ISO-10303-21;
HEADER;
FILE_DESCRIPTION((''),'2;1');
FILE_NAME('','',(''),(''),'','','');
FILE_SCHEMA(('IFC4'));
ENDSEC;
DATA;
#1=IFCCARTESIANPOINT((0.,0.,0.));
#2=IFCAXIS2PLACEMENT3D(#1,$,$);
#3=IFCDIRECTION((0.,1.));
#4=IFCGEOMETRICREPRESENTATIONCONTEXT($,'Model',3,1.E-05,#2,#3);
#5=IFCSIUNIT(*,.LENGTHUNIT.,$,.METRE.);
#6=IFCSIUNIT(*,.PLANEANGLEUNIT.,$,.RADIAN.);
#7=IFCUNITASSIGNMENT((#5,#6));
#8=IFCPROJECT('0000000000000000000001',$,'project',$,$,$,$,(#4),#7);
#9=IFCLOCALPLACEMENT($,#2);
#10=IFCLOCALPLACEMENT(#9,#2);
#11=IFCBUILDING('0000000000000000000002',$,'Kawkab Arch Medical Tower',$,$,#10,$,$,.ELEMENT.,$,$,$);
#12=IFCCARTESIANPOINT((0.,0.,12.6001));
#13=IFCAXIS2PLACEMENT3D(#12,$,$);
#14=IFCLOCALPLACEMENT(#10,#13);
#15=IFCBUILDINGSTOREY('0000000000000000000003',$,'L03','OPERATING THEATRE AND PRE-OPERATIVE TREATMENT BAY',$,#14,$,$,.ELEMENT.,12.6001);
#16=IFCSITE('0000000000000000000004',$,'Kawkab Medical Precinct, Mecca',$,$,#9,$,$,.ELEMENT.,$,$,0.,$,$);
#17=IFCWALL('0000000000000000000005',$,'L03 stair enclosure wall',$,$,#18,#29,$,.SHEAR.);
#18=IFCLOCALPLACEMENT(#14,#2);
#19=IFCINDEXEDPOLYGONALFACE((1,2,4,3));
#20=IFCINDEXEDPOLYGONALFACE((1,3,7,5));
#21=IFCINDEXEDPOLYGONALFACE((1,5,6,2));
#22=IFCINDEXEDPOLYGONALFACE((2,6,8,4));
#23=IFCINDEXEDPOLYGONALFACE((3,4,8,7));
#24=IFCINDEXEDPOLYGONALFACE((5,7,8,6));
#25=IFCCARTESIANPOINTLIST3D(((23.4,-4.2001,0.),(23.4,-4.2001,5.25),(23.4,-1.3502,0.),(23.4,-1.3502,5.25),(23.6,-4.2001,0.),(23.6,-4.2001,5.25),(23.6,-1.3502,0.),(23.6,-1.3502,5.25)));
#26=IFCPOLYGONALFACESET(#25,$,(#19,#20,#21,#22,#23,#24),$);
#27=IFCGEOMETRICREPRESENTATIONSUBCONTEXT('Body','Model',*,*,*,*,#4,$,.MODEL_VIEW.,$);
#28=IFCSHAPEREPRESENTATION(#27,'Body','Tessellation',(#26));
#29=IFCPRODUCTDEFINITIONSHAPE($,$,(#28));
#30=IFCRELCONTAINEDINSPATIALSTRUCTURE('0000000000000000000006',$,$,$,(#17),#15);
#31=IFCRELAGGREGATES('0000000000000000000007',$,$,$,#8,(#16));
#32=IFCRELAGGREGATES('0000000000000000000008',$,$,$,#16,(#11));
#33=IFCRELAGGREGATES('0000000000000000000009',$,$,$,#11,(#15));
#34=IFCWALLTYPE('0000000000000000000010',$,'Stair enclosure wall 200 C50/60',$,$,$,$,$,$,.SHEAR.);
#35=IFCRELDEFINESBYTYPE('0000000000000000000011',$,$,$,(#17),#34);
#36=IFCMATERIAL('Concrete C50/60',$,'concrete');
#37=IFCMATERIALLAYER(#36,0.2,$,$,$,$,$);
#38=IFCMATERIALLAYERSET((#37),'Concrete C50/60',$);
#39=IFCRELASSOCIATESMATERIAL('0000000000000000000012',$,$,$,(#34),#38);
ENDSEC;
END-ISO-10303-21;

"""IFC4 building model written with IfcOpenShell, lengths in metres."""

from ifc_helpers import new_model, si_unit, direction, frame, frame_2d, origin, place, context, subcontext, project, spatial, rectangle, extrude, material, layer, layer_set, type_object, element, save


model = new_model("IFC4")

# Units and contexts
model_context = context("Model", 3, precision=1e-05, world=origin(), true_north=direction((0.0, 1.0)))
body_context = subcontext(model_context, "Body", "Model", "MODEL_VIEW")
ifc_project = project(units=[si_unit("LENGTHUNIT", "METRE"), si_unit("PLANEANGLEUNIT", "RADIAN")], contexts=[model_context])

# Site, building, storey
site_placement = place(None, origin())
site = spatial("IfcSite", under=ifc_project, at=site_placement, Name="Kawkab Medical Precinct, Mecca", CompositionType="ELEMENT", RefElevation=0.0)
building_placement = place(site_placement, origin())
building = spatial("IfcBuilding", under=site, at=building_placement, Name="Kawkab Arch Medical Tower", CompositionType="ELEMENT")
storey_placement = place(building_placement, frame((0.0, 0.0, 12.6001)))
storey = spatial("IfcBuildingStorey", under=building, at=storey_placement, Name="L03", Description="OPERATING THEATRE AND PRE-OPERATIVE TREATMENT BAY", CompositionType="ELEMENT", Elevation=12.6001)

# Wall
ifc_material_1 = material(Name="Concrete C50/60", Category="concrete")
ifc_layer_1 = layer(ifc_material_1, 0.2)
ifc_layer_set_1 = layer_set([ifc_layer_1], Name="Concrete C50/60")
wall_type_1 = type_object("IfcWallType", Name="Stair enclosure wall 200 C50/60", PredefinedType="SHEAR", material=ifc_layer_set_1)
wall_1_placement = place(storey_placement, frame((23.5, -4.2, 0.0), z_axis=(0.0, 0.0, 1.0), x_axis=(0.0, 1.0, 0.0)))
element("IfcWall", 1, at=wall_1_placement, inside=storey, type_object=wall_type_1, Name="L03 stair enclosure wall", PredefinedType="SHEAR", context=body_context, shape_type="SweptSolid", body=[
    extrude(rectangle(XDim=2.8499, YDim=0.2, at=frame_2d((1.4248, 0.0))), origin(), (0.0, 0.0, 1.0), 5.25),
])

save(model, "model.ifc")
